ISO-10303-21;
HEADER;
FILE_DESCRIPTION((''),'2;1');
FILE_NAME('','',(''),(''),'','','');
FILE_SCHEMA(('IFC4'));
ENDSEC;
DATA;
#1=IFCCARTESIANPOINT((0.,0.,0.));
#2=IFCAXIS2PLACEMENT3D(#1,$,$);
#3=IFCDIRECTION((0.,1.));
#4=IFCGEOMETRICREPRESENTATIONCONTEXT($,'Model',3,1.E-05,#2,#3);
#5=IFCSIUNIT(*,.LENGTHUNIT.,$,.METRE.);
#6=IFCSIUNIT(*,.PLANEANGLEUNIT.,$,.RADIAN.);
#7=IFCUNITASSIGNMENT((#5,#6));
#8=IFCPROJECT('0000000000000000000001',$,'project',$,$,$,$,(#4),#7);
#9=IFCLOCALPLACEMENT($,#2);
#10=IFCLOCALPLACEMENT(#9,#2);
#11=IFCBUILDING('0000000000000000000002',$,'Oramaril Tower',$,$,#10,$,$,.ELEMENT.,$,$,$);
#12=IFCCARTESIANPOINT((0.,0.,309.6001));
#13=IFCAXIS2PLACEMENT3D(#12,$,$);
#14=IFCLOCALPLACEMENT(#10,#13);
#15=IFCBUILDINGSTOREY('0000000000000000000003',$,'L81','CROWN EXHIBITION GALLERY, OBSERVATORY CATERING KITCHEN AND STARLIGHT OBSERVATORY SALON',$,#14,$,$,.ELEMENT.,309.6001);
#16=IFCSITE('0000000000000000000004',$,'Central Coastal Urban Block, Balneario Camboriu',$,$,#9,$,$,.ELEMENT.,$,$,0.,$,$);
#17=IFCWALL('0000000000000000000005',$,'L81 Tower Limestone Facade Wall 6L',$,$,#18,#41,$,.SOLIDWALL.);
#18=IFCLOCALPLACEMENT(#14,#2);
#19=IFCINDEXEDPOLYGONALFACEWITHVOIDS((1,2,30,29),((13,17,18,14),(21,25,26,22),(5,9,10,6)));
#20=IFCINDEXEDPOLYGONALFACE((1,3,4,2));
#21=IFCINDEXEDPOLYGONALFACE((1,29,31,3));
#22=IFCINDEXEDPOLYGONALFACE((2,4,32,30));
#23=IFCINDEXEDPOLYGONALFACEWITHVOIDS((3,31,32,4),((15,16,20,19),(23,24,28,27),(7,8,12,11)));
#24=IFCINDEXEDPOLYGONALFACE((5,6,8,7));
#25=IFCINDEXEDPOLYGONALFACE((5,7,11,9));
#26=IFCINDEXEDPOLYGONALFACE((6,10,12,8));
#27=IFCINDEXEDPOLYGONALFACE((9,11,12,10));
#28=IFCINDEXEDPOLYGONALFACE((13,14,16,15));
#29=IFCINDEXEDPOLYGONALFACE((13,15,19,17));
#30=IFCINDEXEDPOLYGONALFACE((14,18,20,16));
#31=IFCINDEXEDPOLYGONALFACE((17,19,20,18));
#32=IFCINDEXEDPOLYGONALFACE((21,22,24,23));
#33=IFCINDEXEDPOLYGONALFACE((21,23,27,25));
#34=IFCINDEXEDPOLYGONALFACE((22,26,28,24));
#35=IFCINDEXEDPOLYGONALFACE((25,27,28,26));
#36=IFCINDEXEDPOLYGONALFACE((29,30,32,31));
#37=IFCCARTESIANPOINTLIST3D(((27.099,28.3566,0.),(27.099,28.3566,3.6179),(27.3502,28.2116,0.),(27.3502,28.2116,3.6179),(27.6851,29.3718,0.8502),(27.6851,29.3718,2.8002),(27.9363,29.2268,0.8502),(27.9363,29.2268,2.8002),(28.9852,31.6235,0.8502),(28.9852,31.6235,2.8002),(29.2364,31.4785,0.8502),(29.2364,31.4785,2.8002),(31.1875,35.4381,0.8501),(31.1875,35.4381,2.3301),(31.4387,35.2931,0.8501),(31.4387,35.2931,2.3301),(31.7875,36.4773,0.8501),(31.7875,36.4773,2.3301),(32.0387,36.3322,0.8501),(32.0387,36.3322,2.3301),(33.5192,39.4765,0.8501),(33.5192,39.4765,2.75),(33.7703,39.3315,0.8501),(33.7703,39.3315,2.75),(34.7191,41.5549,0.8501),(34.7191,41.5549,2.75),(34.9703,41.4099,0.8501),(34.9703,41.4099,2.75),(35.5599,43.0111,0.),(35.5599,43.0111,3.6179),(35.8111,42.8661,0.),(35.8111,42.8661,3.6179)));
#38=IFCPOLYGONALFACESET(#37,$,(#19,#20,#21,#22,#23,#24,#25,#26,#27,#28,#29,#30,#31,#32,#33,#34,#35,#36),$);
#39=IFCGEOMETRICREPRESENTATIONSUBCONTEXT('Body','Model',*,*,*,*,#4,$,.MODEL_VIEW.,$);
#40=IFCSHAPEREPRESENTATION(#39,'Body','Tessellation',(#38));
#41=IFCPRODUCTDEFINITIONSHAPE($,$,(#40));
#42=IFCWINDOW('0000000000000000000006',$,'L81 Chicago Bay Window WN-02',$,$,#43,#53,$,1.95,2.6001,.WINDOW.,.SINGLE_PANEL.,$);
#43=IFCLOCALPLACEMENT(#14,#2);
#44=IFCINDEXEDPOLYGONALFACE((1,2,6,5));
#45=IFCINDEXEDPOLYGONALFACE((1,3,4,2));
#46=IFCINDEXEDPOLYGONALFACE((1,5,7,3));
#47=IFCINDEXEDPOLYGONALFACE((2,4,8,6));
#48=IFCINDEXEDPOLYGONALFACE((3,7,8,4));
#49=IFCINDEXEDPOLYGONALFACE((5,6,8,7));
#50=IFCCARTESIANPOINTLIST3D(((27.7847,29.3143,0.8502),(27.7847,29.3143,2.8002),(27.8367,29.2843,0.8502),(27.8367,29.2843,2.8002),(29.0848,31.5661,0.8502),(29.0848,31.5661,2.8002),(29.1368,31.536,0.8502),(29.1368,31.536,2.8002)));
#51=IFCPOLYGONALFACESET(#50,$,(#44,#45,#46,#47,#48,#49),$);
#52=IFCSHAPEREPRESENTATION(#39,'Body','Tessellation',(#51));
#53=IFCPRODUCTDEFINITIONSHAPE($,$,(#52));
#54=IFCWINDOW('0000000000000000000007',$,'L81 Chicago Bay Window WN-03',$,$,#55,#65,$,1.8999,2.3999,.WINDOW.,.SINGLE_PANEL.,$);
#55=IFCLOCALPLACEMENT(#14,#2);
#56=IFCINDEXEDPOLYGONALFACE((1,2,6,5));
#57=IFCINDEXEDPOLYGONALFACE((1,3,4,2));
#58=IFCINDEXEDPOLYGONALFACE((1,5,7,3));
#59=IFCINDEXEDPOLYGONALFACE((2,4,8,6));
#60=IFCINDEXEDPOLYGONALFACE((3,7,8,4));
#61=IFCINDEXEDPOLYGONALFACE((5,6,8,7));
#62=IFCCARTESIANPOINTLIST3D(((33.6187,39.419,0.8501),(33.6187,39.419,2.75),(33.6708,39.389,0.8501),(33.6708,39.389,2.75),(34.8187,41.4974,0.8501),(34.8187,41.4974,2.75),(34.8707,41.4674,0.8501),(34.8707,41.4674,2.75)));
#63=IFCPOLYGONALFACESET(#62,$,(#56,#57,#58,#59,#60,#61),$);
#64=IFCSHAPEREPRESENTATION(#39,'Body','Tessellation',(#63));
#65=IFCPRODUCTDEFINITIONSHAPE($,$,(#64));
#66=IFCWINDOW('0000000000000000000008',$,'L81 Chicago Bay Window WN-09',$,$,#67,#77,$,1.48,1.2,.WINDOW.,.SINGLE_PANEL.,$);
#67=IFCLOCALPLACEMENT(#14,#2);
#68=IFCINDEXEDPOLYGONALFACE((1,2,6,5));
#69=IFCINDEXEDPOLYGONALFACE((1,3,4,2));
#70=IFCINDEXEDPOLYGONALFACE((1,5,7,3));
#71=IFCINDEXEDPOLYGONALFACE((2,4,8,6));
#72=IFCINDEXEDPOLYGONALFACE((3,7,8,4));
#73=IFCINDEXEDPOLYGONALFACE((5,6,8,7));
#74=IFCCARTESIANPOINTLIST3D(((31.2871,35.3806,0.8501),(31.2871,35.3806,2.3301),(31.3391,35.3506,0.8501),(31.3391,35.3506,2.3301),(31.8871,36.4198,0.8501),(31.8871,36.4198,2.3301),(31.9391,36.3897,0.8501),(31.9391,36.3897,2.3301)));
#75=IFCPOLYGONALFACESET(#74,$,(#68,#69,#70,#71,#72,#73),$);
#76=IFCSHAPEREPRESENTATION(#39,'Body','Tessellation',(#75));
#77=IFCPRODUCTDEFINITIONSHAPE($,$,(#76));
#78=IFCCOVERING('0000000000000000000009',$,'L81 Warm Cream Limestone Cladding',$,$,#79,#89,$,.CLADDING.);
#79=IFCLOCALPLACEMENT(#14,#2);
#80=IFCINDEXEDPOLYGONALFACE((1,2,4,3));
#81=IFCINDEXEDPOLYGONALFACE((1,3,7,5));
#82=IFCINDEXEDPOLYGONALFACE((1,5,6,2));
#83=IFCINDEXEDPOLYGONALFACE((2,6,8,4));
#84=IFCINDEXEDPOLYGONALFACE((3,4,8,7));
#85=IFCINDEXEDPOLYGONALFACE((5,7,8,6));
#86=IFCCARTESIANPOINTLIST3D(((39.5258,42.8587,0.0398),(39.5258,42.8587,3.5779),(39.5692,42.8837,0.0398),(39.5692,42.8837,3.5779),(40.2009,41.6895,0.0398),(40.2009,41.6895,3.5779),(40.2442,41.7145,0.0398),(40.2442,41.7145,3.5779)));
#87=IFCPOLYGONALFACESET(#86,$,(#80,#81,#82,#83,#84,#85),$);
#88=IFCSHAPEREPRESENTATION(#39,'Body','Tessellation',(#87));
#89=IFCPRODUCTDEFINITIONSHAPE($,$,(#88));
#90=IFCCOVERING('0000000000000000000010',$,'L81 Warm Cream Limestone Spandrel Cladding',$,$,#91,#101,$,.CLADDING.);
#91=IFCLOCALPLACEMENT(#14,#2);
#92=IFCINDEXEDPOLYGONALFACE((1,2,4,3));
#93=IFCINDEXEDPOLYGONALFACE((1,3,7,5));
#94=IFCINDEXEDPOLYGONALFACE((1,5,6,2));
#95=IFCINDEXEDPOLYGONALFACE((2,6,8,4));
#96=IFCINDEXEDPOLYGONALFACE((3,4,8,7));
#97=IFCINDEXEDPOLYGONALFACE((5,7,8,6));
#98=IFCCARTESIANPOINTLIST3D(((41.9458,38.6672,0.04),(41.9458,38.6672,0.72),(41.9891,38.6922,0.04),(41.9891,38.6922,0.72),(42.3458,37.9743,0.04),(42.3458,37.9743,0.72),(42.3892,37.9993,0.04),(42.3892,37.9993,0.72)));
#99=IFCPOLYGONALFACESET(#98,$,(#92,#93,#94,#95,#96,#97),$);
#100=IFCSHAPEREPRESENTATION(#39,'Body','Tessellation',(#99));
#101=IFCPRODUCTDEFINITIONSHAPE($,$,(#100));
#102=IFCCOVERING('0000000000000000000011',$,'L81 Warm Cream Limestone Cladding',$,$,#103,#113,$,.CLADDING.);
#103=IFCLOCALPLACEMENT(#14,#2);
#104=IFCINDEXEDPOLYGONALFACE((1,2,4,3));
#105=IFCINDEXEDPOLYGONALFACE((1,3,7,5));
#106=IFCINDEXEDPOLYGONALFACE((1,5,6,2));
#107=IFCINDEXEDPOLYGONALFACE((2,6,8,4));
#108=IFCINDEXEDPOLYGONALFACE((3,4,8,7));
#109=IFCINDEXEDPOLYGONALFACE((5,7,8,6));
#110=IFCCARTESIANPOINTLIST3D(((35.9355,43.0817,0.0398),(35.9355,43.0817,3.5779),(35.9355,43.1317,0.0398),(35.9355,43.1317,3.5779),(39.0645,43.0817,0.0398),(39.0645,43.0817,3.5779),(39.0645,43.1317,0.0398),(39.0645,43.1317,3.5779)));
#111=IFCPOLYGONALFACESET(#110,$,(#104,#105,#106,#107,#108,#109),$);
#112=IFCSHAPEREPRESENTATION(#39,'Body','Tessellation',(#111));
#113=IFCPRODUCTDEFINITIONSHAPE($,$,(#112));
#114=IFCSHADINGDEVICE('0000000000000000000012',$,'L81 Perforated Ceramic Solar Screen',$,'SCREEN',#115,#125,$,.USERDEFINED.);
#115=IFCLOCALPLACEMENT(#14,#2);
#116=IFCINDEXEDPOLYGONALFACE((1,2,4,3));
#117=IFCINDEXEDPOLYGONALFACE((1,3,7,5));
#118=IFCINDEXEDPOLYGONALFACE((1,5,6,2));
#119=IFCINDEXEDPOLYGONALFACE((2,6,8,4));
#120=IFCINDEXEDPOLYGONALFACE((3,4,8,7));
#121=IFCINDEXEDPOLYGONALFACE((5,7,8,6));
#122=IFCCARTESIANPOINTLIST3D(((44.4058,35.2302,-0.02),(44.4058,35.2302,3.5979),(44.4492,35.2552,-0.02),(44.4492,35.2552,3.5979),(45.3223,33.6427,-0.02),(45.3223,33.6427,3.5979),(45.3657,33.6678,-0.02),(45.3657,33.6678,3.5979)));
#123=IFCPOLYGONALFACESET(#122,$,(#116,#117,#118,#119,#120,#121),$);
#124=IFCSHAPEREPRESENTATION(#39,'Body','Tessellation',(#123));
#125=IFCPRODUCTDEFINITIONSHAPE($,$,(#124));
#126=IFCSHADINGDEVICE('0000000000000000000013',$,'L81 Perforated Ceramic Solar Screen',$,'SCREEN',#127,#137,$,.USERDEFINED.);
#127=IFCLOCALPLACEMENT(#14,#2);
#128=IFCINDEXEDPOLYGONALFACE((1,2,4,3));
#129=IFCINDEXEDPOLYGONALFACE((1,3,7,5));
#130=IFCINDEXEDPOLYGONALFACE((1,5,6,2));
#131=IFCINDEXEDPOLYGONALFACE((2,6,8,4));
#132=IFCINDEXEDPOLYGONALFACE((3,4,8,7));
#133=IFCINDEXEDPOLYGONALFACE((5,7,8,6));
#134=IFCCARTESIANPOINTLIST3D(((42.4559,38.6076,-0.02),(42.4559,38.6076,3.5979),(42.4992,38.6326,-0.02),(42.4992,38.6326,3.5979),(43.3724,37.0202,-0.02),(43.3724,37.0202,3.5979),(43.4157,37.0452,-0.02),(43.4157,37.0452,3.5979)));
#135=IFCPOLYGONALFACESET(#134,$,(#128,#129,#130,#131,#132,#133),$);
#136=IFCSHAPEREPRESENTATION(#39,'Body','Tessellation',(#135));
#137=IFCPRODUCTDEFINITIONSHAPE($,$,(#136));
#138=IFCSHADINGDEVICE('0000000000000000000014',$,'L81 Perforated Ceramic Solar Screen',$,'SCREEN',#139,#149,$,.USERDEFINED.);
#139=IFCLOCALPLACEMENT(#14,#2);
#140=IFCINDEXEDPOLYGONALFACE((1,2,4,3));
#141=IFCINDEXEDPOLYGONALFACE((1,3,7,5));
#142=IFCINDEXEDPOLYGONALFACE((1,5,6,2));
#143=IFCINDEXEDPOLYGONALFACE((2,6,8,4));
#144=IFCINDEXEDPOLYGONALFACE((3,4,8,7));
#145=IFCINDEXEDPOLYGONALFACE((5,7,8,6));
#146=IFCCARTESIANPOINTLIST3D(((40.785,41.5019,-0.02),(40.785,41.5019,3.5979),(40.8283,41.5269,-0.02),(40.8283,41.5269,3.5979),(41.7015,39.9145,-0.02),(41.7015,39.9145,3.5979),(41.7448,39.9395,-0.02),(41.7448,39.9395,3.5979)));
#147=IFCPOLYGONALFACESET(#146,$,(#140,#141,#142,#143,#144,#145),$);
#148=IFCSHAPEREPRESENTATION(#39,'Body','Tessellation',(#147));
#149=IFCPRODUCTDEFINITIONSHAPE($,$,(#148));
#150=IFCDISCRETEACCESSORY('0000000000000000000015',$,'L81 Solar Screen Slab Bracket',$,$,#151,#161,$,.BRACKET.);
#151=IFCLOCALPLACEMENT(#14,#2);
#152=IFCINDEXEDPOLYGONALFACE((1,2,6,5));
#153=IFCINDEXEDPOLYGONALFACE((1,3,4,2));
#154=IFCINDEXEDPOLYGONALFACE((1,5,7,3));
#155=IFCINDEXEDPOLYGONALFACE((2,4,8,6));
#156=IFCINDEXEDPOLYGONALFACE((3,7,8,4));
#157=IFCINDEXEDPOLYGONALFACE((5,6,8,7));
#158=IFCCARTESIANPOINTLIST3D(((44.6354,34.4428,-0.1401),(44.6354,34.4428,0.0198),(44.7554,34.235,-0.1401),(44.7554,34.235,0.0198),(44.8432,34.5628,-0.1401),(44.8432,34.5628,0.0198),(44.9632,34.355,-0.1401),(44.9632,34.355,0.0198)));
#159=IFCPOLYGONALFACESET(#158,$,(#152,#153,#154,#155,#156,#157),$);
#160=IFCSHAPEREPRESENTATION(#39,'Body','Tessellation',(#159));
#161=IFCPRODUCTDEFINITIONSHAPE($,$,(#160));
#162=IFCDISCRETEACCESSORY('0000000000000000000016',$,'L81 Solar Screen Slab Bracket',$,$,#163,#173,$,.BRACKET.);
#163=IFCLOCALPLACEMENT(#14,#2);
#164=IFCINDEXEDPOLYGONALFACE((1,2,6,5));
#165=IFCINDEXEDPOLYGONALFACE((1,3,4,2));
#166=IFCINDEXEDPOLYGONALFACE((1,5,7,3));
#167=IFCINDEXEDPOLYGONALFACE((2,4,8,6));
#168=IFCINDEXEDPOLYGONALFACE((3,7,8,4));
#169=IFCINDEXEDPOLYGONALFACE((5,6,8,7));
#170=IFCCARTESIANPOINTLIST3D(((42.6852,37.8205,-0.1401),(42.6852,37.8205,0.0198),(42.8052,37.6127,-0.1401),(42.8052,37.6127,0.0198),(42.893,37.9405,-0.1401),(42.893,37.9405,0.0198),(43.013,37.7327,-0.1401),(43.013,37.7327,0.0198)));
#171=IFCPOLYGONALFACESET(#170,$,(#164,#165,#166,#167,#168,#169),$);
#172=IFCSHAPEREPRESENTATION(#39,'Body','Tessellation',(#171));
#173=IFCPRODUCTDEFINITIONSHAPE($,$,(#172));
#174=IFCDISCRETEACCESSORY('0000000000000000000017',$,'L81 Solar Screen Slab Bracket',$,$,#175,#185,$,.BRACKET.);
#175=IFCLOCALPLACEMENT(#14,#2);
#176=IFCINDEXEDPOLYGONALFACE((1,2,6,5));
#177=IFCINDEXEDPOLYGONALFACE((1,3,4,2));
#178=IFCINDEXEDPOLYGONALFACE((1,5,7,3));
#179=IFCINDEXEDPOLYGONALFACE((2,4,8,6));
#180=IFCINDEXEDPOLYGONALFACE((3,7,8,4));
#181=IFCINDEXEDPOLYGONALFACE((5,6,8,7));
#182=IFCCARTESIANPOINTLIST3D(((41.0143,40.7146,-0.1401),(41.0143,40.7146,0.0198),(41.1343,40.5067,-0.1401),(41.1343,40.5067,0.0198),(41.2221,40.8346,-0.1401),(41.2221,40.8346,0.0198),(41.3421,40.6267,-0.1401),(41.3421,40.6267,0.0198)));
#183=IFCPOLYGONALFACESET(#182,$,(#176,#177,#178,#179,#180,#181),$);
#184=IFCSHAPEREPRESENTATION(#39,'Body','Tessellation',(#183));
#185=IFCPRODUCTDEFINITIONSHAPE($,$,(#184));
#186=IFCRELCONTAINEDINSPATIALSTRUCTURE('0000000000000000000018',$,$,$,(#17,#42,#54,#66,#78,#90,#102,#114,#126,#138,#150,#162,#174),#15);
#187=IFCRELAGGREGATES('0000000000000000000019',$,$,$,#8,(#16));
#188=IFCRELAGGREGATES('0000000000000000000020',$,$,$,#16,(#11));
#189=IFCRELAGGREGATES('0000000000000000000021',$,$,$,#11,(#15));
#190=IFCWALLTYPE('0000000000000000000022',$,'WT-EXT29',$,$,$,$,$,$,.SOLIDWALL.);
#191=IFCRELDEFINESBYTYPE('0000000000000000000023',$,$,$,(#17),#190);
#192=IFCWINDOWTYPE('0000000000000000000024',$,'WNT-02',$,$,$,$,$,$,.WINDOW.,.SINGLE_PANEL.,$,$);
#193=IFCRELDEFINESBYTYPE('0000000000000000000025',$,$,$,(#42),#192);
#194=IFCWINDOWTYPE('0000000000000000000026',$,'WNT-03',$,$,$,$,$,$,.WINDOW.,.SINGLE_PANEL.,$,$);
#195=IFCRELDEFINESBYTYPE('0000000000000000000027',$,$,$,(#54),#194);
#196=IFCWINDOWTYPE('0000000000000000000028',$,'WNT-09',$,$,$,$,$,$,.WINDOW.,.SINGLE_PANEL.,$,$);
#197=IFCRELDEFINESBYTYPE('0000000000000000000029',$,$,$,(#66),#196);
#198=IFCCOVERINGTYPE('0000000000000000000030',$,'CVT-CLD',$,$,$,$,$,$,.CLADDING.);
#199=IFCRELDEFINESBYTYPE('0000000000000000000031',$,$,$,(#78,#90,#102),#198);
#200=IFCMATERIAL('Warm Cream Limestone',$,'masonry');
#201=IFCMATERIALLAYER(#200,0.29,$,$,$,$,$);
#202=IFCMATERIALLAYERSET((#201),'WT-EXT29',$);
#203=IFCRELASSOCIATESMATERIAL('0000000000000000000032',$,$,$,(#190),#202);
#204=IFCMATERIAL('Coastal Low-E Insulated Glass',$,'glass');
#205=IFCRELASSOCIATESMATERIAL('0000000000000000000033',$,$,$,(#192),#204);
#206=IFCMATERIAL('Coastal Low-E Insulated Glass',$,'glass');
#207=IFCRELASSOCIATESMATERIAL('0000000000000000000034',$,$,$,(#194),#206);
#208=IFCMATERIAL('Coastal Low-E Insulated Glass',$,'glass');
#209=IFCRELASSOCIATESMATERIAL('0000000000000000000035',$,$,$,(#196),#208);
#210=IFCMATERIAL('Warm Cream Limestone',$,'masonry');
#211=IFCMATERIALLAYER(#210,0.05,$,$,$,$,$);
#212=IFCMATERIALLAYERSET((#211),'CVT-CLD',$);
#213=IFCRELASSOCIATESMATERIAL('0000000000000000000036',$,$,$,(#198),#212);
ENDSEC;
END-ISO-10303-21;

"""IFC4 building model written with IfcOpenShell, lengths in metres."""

from ifc_helpers import new_model, si_unit, direction, frame, frame_2d, origin, origin_2d, place, context, subcontext, project, spatial, rectangle, extrude, material, layer, layer_set, type_object, element, fill, save


model = new_model("IFC4")

# Units and contexts
model_context = context("Model", 3, precision=1e-05, world=origin(), true_north=direction((0.0, 1.0)))
body_context = subcontext(model_context, "Body", "Model", "MODEL_VIEW")
ifc_project = project(units=[si_unit("LENGTHUNIT", "METRE"), si_unit("PLANEANGLEUNIT", "RADIAN")], contexts=[model_context])

# Site, building, storey
site_placement = place(None, origin())
site = spatial("IfcSite", under=ifc_project, at=site_placement, Name="Central Coastal Urban Block, Balneario Camboriu", CompositionType="ELEMENT", RefElevation=0.0)
building_placement = place(site_placement, origin())
building = spatial("IfcBuilding", under=site, at=building_placement, Name="Oramaril Tower", CompositionType="ELEMENT")
storey_placement = place(building_placement, frame((0.0, 0.0, 309.6001)))
storey = spatial("IfcBuildingStorey", under=building, at=storey_placement, Name="L81", Description="CROWN EXHIBITION GALLERY, OBSERVATORY CATERING KITCHEN AND STARLIGHT OBSERVATORY SALON", CompositionType="ELEMENT", Elevation=309.6001)

# Shared definitions
ifc_material_1 = material(Name="Warm Cream Limestone", Category="masonry")
ifc_layer_1 = layer(ifc_material_1, 0.29)
ifc_layer_set_1 = layer_set([ifc_layer_1], Name="WT-EXT29")
wall_type = type_object("IfcWallType", Name="WT-EXT29", PredefinedType="SOLIDWALL", material=ifc_layer_set_1)

# Wall, openings, windows
wall_1_placement = place(storey_placement, frame((35.6855, 42.9387, 0.0), z_axis=(0.0, 0.0, 1.0), x_axis=(-0.500006, -0.866022, 0.0)))
wall_1 = element("IfcWall", 1, at=wall_1_placement, inside=storey, type_object=wall_type, Name="L81 Tower Limestone Facade Wall 6L", PredefinedType="SOLIDWALL", context=body_context, shape_type="SweptSolid", body=[
    extrude(rectangle(XDim=16.9216, YDim=0.29, at=frame_2d((8.4609, 0.0))), origin(), (0.0, 0.0, 1.0), 3.6179),
])
opening_1_placement = place(wall_1_placement, frame((13.1494, 0.0, 0.8501)))
opening_1 = element("IfcOpeningElement", 2, at=opening_1_placement, cuts=wall_1, PredefinedType="OPENING", context=body_context, shape_type="SweptSolid", body=[
    extrude(rectangle(XDim=2.6001, YDim=1.95, at=frame_2d((1.3, 0.9751))), frame((0.0, 0.145, 0.0), z_axis=(0.0, -1.0, 0.0), x_axis=(1.0, 0.0, 0.0)), (0.0, 0.0, 1.0), 0.29),
])
opening_2_placement = place(wall_1_placement, frame((1.6816, 0.0, 0.8501)))
opening_2 = element("IfcOpeningElement", 3, at=opening_2_placement, cuts=wall_1, PredefinedType="OPENING", context=body_context, shape_type="SweptSolid", body=[
    extrude(rectangle(XDim=2.3999, YDim=1.8999, at=frame_2d((1.2, 0.95))), frame((0.0, 0.145, 0.0), z_axis=(0.0, -1.0, 0.0), x_axis=(1.0, 0.0, 0.0)), (0.0, 0.0, 1.0), 0.29),
])
opening_3_placement = place(wall_1_placement, frame((7.5447, 0.0, 0.8501)))
opening_3 = element("IfcOpeningElement", 4, at=opening_3_placement, cuts=wall_1, PredefinedType="OPENING", context=body_context, shape_type="SweptSolid", body=[
    extrude(rectangle(XDim=1.2, YDim=1.48, at=frame_2d((0.6001, 0.74))), frame((0.0, 0.145, 0.0), z_axis=(0.0, -1.0, 0.0), x_axis=(1.0, 0.0, 0.0)), (0.0, 0.0, 1.0), 0.29),
])
ifc_material_2 = material(Name="Coastal Low-E Insulated Glass", Category="glass")
window_type_1 = type_object("IfcWindowType", Name="WNT-02", PartitioningType="SINGLE_PANEL", PredefinedType="WINDOW", material=ifc_material_2)
window_1_placement = place(opening_1_placement, origin())
window_1 = element("IfcWindow", 5, at=window_1_placement, inside=storey, type_object=window_type_1, Name="L81 Chicago Bay Window WN-02", OverallHeight=1.95, OverallWidth=2.6001, PartitioningType="SINGLE_PANEL", PredefinedType="WINDOW", context=body_context, shape_type="SweptSolid", body=[
    extrude(rectangle(XDim=2.6001, YDim=1.95, at=frame_2d((1.3, 0.9751))), frame((0.0, 0.03, 0.0), z_axis=(0.0, -1.0, 0.0), x_axis=(1.0, 0.0, 0.0)), (0.0, 0.0, 1.0), 0.0601),
])
fill(opening_1, window_1)
ifc_material_3 = material(Name="Coastal Low-E Insulated Glass", Category="glass")
window_type_2 = type_object("IfcWindowType", Name="WNT-03", PartitioningType="SINGLE_PANEL", PredefinedType="WINDOW", material=ifc_material_3)
window_2_placement = place(opening_2_placement, origin())
window_2 = element("IfcWindow", 6, at=window_2_placement, inside=storey, type_object=window_type_2, Name="L81 Chicago Bay Window WN-03", OverallHeight=1.8999, OverallWidth=2.3999, PartitioningType="SINGLE_PANEL", PredefinedType="WINDOW", context=body_context, shape_type="SweptSolid", body=[
    extrude(rectangle(XDim=2.3999, YDim=1.8999, at=frame_2d((1.2, 0.95))), frame((0.0, 0.03, 0.0), z_axis=(0.0, -1.0, 0.0), x_axis=(1.0, 0.0, 0.0)), (0.0, 0.0, 1.0), 0.0601),
])
fill(opening_2, window_2)
ifc_material_4 = material(Name="Coastal Low-E Insulated Glass", Category="glass")
window_type_3 = type_object("IfcWindowType", Name="WNT-09", PartitioningType="SINGLE_PANEL", PredefinedType="WINDOW", material=ifc_material_4)
window_3_placement = place(opening_3_placement, origin())
window_3 = element("IfcWindow", 7, at=window_3_placement, inside=storey, type_object=window_type_3, Name="L81 Chicago Bay Window WN-09", OverallHeight=1.48, OverallWidth=1.2, PartitioningType="SINGLE_PANEL", PredefinedType="WINDOW", context=body_context, shape_type="SweptSolid", body=[
    extrude(rectangle(XDim=1.2, YDim=1.48, at=frame_2d((0.6001, 0.74))), frame((0.0, 0.03, 0.0), z_axis=(0.0, -1.0, 0.0), x_axis=(1.0, 0.0, 0.0)), (0.0, 0.0, 1.0), 0.0601),
])
fill(opening_3, window_3)

# Coverings
ifc_material_5 = material(Name="Warm Cream Limestone", Category="masonry")
ifc_layer_2 = layer(ifc_material_5, 0.05)
ifc_layer_set_2 = layer_set([ifc_layer_2], Name="CVT-CLD")
covering_type = type_object("IfcCoveringType", Name="CVT-CLD", PredefinedType="CLADDING", material=ifc_layer_set_2)
covering_1_placement = place(storey_placement, frame((39.885, 42.2866, 0.0398), z_axis=(0.0, 0.0, 1.0), x_axis=(-0.5, 0.866025, 0.0)))
element("IfcCovering", 8, at=covering_1_placement, inside=storey, type_object=covering_type, Name="L81 Warm Cream Limestone Cladding", PredefinedType="CLADDING", context=body_context, shape_type="SweptSolid", body=[
    extrude(rectangle(XDim=1.3501, YDim=0.05, at=origin_2d()), origin(), (0.0, 0.0, 1.0), 3.5381),
])
covering_2_placement = place(storey_placement, frame((42.1675, 38.3333, 0.04), z_axis=(0.0, 0.0, 1.0), x_axis=(-0.5, 0.866025, 0.0)))
element("IfcCovering", 9, at=covering_2_placement, inside=storey, type_object=covering_type, Name="L81 Warm Cream Limestone Spandrel Cladding", PredefinedType="CLADDING", context=body_context, shape_type="SweptSolid", body=[
    extrude(rectangle(XDim=0.8, YDim=0.05, at=origin_2d()), origin(), (0.0, 0.0, 1.0), 0.6799),
])
covering_3_placement = place(storey_placement, frame((37.5, 43.1067, 0.0398), z_axis=(0.0, 0.0, 1.0), x_axis=(-1.0, 0.0, 0.0)))
element("IfcCovering", 10, at=covering_3_placement, inside=storey, type_object=covering_type, Name="L81 Warm Cream Limestone Cladding", PredefinedType="CLADDING", context=body_context, shape_type="SweptSolid", body=[
    extrude(rectangle(XDim=3.1289, YDim=0.05, at=origin_2d()), origin(), (0.0, 0.0, 1.0), 3.5381),
])

# Shading devices
for number, where, z_axis, x_axis, name in (
    (11, (44.8857, 34.449, -0.02), (0.0, 0.0, 1.0), (-0.499998, 0.866026, 0.0), "L81 Perforated Ceramic Solar Screen"),
    (12, (42.9358, 37.8264, -0.02), (0.0, 0.0, 1.0), (-0.499998, 0.866026, 0.0), "L81 Perforated Ceramic Solar Screen"),
    (13, (41.2649, 40.7207, -0.02), (0.0, 0.0, 1.0), (-0.499998, 0.866026, 0.0), "L81 Perforated Ceramic Solar Screen"),
):
    element("IfcShadingDevice", number, at=place(storey_placement, frame(where, z_axis=z_axis, x_axis=x_axis)), inside=storey, Name=name, ObjectType="SCREEN", PredefinedType="USERDEFINED", context=body_context, shape_type="SweptSolid", body=[
        extrude(rectangle(XDim=1.833, YDim=0.05, at=origin_2d()), origin(), (0.0, 0.0, 1.0), 3.6179),
    ])

# Discrete accessories
for number, where, z_axis, x_axis, name in (
    (14, (44.7993, 34.3989, -0.1401), (0.0, 0.0, 1.0), (-0.499998, 0.866026, 0.0), "L81 Solar Screen Slab Bracket"),
    (15, (42.8491, 37.7766, -0.1401), (0.0, 0.0, 1.0), (-0.499998, 0.866026, 0.0), "L81 Solar Screen Slab Bracket"),
    (16, (41.1782, 40.6707, -0.1401), (0.0, 0.0, 1.0), (-0.499998, 0.866026, 0.0), "L81 Solar Screen Slab Bracket"),
):
    element("IfcDiscreteAccessory", number, at=place(storey_placement, frame(where, z_axis=z_axis, x_axis=x_axis)), inside=storey, Name=name, PredefinedType="BRACKET", context=body_context, shape_type="SweptSolid", body=[
        extrude(rectangle(XDim=0.24, YDim=0.24, at=origin_2d()), origin(), (0.0, 0.0, 1.0), 0.1599),
    ])

save(model, "model.ifc")
